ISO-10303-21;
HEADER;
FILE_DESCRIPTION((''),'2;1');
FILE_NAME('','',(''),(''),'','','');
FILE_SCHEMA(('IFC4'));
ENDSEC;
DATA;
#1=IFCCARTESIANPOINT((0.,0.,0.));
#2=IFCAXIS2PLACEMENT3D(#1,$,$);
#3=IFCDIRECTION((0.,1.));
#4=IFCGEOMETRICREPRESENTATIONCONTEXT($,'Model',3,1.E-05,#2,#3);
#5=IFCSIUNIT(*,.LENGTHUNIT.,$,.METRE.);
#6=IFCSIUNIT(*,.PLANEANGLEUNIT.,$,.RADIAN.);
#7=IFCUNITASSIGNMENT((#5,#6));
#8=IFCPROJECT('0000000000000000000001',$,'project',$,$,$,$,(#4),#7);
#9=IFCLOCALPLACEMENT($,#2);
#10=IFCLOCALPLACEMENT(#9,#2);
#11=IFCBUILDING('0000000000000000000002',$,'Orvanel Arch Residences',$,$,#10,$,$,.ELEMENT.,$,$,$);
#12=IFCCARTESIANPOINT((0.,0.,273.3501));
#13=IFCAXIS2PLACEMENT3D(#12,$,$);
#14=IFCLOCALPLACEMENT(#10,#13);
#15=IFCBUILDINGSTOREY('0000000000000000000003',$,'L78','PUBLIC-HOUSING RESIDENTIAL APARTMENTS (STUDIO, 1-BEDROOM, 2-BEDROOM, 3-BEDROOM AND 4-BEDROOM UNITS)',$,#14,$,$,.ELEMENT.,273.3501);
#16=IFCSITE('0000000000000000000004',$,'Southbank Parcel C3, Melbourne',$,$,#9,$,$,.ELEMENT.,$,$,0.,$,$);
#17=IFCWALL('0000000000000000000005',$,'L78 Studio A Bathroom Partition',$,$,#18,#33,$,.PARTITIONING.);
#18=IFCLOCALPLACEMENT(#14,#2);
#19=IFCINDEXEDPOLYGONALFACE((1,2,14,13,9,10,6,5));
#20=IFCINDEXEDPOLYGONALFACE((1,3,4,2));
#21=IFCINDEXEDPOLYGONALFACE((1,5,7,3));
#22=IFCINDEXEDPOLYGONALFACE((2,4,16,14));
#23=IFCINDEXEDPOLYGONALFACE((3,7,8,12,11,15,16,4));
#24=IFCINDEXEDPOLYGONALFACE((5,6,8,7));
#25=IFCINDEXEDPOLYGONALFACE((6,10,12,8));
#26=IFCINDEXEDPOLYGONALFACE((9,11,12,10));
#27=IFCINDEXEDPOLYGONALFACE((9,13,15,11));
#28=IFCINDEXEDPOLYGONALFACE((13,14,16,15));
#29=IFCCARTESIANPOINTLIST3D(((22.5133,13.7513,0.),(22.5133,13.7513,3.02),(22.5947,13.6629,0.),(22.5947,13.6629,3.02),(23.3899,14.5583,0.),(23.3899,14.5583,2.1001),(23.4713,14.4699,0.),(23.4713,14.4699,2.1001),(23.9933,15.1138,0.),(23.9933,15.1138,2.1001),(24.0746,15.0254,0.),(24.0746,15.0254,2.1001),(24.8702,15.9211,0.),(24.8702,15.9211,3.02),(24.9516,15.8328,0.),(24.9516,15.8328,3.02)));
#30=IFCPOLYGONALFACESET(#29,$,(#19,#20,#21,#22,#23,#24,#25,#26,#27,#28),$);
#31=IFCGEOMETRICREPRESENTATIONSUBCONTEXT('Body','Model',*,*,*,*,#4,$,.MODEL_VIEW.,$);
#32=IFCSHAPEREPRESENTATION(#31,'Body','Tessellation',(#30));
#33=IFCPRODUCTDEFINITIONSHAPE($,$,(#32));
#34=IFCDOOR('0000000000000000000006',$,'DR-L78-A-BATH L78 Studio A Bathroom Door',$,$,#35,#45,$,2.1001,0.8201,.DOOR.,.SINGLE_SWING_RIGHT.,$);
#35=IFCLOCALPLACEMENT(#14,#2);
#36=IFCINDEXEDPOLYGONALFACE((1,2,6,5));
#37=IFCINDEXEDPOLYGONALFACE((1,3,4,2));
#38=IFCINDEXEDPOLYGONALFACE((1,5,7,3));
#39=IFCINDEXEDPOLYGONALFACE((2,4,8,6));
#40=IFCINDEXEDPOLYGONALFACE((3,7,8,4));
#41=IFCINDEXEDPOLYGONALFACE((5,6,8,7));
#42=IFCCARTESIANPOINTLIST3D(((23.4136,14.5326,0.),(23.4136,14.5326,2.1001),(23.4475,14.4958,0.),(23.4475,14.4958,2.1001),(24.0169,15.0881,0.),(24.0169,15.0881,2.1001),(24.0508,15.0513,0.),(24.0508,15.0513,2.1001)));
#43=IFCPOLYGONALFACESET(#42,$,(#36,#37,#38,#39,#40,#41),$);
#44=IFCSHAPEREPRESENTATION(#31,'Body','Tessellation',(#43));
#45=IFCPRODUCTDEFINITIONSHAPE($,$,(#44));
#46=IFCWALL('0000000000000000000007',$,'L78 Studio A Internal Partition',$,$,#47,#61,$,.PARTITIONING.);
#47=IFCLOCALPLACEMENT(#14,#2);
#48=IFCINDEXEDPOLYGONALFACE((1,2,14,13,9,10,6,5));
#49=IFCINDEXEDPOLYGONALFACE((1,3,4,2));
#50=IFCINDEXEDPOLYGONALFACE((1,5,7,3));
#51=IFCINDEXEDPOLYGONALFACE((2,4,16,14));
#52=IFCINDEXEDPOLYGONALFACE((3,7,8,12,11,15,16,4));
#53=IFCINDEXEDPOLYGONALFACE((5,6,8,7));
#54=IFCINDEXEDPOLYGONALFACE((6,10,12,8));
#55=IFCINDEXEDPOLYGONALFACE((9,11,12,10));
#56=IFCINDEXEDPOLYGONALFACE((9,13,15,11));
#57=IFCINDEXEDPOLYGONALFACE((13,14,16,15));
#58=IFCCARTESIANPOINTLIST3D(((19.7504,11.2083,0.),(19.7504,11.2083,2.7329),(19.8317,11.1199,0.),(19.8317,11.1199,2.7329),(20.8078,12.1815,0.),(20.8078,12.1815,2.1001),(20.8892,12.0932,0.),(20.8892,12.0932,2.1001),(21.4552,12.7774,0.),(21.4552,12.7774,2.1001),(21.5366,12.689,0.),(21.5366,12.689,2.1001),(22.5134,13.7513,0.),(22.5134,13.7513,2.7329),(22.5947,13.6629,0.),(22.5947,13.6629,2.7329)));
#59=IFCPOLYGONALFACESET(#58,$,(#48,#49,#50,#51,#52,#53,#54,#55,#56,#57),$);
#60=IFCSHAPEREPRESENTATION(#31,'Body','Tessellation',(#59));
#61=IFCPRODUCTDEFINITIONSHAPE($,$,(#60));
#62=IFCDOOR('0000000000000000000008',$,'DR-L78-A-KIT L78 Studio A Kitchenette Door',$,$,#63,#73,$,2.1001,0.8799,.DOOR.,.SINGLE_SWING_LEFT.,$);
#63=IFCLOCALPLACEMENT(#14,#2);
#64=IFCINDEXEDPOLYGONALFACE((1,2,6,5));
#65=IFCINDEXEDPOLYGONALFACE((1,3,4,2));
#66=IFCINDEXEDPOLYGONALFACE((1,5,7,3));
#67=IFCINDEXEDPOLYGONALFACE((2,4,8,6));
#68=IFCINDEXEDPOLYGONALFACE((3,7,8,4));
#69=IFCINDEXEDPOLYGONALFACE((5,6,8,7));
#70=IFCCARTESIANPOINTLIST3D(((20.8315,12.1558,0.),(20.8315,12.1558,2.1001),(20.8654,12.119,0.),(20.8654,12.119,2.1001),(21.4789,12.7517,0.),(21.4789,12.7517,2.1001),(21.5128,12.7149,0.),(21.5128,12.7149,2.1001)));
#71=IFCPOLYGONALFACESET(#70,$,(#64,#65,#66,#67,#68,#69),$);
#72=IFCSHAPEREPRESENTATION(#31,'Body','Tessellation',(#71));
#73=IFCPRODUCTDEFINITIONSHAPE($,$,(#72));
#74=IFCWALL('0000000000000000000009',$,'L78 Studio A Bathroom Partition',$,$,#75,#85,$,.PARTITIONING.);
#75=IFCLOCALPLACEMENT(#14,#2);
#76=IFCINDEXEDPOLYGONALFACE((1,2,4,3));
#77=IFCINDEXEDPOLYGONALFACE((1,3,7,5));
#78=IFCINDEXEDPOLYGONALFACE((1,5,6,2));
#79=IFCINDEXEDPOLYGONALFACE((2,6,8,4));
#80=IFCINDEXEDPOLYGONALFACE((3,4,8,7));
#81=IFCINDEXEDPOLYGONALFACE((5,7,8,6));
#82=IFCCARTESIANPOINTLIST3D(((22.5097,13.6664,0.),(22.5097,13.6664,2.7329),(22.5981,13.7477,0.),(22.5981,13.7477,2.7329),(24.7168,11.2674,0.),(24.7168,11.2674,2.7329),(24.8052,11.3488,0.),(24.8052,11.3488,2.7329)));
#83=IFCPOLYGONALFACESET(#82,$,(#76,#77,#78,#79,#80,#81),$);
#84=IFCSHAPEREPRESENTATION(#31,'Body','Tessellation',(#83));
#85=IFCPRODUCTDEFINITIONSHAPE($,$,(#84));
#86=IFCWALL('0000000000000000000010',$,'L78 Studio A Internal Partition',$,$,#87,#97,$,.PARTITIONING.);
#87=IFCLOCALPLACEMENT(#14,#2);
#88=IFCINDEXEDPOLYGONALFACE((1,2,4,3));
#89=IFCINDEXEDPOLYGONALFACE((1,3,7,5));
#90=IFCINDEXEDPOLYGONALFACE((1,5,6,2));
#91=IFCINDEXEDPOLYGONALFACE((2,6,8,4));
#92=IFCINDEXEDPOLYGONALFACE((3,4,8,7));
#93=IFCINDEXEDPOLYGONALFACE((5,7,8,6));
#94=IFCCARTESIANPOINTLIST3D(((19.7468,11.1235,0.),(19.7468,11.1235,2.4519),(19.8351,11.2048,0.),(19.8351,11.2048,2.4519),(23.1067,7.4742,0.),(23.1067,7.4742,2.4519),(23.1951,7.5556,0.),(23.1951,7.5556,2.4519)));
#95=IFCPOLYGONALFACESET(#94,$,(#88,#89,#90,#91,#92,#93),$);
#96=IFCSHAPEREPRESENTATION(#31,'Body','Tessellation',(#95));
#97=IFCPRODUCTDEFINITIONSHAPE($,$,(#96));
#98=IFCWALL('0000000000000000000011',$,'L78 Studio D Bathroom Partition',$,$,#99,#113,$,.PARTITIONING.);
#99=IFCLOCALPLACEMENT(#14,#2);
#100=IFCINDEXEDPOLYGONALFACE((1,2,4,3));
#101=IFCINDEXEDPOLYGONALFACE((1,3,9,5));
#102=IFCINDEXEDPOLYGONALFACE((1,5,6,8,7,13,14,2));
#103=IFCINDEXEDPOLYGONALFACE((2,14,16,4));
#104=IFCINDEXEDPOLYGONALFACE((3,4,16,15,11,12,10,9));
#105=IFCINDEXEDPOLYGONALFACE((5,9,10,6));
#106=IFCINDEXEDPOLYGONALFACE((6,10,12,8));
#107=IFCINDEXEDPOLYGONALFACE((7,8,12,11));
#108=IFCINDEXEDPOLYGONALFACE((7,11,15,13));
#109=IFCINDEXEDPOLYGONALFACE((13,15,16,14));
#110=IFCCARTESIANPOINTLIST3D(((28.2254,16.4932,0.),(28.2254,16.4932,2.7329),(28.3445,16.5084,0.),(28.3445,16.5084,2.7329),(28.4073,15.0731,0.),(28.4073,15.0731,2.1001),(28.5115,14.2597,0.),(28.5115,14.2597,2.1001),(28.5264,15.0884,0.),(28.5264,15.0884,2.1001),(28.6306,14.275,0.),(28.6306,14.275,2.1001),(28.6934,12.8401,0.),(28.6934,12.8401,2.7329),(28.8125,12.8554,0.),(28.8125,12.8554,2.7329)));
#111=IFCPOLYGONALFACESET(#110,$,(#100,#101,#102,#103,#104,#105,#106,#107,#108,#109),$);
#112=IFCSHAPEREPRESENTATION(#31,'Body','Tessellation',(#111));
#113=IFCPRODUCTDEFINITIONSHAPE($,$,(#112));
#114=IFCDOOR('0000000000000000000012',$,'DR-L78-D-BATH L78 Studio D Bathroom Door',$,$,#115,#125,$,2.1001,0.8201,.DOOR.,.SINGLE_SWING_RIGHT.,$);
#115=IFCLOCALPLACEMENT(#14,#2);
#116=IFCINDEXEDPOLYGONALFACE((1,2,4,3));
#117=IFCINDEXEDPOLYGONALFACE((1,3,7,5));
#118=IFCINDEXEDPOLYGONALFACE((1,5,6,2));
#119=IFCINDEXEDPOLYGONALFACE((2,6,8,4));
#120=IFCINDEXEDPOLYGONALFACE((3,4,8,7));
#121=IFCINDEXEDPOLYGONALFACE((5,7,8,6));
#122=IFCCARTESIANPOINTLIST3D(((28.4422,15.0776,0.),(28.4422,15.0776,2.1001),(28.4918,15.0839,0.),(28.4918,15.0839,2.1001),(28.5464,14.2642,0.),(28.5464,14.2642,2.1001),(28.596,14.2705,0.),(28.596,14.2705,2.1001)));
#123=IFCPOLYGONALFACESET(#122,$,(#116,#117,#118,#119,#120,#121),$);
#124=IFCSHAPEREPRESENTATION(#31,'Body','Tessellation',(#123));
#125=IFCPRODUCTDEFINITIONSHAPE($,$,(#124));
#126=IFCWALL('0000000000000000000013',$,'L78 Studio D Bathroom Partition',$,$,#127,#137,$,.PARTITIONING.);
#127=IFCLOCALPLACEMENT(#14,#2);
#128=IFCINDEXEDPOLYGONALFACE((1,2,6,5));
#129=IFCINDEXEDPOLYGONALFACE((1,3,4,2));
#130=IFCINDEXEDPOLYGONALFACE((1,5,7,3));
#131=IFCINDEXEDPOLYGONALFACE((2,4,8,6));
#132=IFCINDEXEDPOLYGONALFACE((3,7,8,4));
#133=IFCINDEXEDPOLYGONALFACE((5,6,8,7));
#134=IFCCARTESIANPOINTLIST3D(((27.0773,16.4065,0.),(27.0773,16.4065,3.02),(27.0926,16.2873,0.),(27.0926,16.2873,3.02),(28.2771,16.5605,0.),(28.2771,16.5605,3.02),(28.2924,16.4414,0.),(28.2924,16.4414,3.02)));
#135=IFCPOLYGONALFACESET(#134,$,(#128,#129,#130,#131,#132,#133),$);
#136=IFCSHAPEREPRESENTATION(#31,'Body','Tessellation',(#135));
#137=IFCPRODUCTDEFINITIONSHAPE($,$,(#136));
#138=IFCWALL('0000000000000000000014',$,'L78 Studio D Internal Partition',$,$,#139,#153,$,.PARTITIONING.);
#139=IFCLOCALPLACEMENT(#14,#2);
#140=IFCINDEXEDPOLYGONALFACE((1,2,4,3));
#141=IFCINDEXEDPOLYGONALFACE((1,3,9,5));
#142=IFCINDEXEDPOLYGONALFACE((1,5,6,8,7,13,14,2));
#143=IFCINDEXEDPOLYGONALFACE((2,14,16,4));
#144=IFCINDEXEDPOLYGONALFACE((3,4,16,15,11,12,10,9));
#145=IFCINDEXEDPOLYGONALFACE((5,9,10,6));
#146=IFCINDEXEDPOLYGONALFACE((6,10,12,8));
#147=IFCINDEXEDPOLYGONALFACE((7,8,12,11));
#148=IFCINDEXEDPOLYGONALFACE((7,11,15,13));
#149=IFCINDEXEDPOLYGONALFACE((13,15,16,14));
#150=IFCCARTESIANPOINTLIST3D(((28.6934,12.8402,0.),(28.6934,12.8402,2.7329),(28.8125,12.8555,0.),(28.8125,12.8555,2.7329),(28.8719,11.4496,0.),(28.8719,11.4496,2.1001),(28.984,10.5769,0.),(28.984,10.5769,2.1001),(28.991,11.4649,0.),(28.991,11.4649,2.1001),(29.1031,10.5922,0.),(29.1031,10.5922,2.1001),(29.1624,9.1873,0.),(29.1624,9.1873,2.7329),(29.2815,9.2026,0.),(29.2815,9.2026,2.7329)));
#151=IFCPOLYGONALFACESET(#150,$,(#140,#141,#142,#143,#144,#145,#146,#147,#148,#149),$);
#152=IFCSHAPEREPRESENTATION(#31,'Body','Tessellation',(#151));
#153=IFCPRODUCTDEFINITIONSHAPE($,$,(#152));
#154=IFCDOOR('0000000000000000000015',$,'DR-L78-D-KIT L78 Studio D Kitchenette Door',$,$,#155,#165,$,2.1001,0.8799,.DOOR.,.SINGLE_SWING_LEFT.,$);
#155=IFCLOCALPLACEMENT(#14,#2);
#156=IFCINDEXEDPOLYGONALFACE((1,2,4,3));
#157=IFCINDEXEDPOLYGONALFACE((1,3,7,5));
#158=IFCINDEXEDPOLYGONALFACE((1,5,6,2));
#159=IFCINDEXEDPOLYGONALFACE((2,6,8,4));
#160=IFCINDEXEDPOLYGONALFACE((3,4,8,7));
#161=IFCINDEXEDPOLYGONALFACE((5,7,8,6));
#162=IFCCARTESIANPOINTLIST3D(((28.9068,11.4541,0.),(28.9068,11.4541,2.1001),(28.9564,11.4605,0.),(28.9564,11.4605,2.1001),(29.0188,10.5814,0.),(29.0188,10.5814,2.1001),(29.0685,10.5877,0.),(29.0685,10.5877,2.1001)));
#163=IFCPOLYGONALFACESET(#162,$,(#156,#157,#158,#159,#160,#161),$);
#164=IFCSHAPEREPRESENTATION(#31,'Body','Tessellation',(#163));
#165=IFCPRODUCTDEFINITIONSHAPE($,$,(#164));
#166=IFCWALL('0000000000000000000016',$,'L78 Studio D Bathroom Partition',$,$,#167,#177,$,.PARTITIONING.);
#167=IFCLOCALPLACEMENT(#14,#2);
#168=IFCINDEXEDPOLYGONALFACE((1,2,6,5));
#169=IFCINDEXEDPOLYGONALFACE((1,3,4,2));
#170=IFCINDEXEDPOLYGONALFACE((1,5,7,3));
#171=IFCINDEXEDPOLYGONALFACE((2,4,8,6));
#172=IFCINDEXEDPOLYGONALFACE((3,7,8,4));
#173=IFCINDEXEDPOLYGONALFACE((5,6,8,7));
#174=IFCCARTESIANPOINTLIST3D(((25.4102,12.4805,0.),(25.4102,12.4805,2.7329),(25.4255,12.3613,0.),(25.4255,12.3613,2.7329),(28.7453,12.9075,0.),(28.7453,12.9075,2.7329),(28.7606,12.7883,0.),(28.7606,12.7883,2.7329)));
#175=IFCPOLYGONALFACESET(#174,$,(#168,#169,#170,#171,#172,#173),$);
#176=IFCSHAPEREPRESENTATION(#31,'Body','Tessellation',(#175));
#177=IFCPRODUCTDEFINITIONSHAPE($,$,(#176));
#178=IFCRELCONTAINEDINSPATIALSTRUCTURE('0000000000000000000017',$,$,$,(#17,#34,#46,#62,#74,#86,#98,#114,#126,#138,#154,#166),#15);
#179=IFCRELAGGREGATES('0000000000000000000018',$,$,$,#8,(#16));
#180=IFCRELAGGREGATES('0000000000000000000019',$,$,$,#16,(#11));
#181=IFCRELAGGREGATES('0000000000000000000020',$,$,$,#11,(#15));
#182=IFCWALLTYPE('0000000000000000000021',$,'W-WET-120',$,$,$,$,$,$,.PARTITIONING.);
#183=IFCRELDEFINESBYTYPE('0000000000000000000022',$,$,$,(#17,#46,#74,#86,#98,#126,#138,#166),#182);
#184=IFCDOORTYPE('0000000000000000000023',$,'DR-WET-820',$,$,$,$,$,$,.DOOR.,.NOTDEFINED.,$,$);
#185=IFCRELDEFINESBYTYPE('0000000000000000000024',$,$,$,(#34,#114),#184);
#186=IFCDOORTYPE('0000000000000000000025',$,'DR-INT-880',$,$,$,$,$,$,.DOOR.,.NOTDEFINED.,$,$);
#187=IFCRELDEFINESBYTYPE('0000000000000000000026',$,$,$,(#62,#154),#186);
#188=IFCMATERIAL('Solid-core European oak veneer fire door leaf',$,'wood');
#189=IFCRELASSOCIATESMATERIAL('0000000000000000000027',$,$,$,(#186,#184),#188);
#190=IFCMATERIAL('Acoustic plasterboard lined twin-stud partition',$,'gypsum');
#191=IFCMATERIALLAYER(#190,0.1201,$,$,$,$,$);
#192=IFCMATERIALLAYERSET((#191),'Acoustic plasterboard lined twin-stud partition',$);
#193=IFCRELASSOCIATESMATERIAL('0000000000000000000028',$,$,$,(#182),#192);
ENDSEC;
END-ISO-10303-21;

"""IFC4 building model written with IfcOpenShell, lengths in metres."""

from ifc_helpers import new_model, si_unit, direction, frame, frame_2d, origin, place, context, subcontext, project, spatial, rectangle, extrude, material, layer, layer_set, type_object, element, fill, save


model = new_model("IFC4")

# Units and contexts
model_context = context("Model", 3, precision=1e-05, world=origin(), true_north=direction((0.0, 1.0)))
body_context = subcontext(model_context, "Body", "Model", "MODEL_VIEW")
ifc_project = project(units=[si_unit("LENGTHUNIT", "METRE"), si_unit("PLANEANGLEUNIT", "RADIAN")], contexts=[model_context])

# Site, building, storey
site_placement = place(None, origin())
site = spatial("IfcSite", under=ifc_project, at=site_placement, Name="Southbank Parcel C3, Melbourne", CompositionType="ELEMENT", RefElevation=0.0)
building_placement = place(site_placement, origin())
building = spatial("IfcBuilding", under=site, at=building_placement, Name="Orvanel Arch Residences", CompositionType="ELEMENT")
storey_placement = place(building_placement, frame((0.0, 0.0, 273.3501)))
storey = spatial("IfcBuildingStorey", under=building, at=storey_placement, Name="L78", Description="PUBLIC-HOUSING RESIDENTIAL APARTMENTS (STUDIO, 1-BEDROOM, 2-BEDROOM, 3-BEDROOM AND 4-BEDROOM UNITS)", CompositionType="ELEMENT", Elevation=273.3501)

# Shared definitions
ifc_material_1 = material(Name="Acoustic plasterboard lined twin-stud partition", Category="gypsum")
ifc_material_2 = material(Name="Solid-core European oak veneer fire door leaf", Category="wood")
door_type_1 = type_object("IfcDoorType", Name="DR-INT-880", OperationType="NOTDEFINED", PredefinedType="DOOR", material=ifc_material_2)

# Shared definitions
ifc_layer_1 = layer(ifc_material_1, 0.1201)
ifc_layer_set_1 = layer_set([ifc_layer_1], Name="Acoustic plasterboard lined twin-stud partition")
wall_type_1 = type_object("IfcWallType", Name="W-WET-120", PredefinedType="PARTITIONING", material=ifc_layer_set_1)

# Walls, openings, doors
wall_1_placement = place(storey_placement, frame((24.9109, 15.877, 0.0), z_axis=(0.0, 0.0, 1.0), x_axis=(-0.735691, -0.677317, 0.0)))
wall_1 = element("IfcWall", 1, at=wall_1_placement, inside=storey, type_object=wall_type_1, Name="L78 Studio A Bathroom Partition", PredefinedType="PARTITIONING", context=body_context, shape_type="SweptSolid", body=[
    extrude(rectangle(XDim=3.2036, YDim=0.1201, at=frame_2d((1.6018, 0.0))), origin(), (0.0, 0.0, 1.0), 3.02),
])
opening_1_placement = place(wall_1_placement, frame((1.1919, 0.0, 0.0)))
opening_1 = element("IfcOpeningElement", 2, at=opening_1_placement, cuts=wall_1, PredefinedType="OPENING", context=body_context, shape_type="SweptSolid", body=[
    extrude(rectangle(XDim=0.8201, YDim=2.1001, at=frame_2d((0.4102, 1.05))), frame((0.0, 0.0701, 0.0), z_axis=(0.0, -1.0, 0.0), x_axis=(1.0, 0.0, 0.0)), (0.0, 0.0, 1.0), 0.1401),
])
door_type_2 = type_object("IfcDoorType", Name="DR-WET-820", OperationType="NOTDEFINED", PredefinedType="DOOR", material=ifc_material_2)
door_1_placement = place(opening_1_placement, origin())
door_1 = element("IfcDoor", 3, at=door_1_placement, inside=storey, type_object=door_type_2, Name="DR-L78-A-BATH L78 Studio A Bathroom Door", OperationType="SINGLE_SWING_RIGHT", OverallHeight=2.1001, OverallWidth=0.8201, PredefinedType="DOOR", context=body_context, shape_type="SweptSolid", body=[
    extrude(rectangle(XDim=0.8201, YDim=2.1001, at=frame_2d((0.4102, 1.05))), frame((0.0, 0.0249, 0.0), z_axis=(0.0, -1.0, 0.0), x_axis=(1.0, 0.0, 0.0)), (0.0, 0.0, 1.0), 0.05),
])
fill(opening_1, door_1)
wall_2_placement = place(storey_placement, frame((22.554, 13.707, 0.0), z_axis=(0.0, 0.0, 1.0), x_axis=(-0.73579, -0.67721, 0.0)))
wall_2 = element("IfcWall", 4, at=wall_2_placement, inside=storey, type_object=wall_type_1, Name="L78 Studio A Internal Partition", PredefinedType="PARTITIONING", context=body_context, shape_type="SweptSolid", body=[
    extrude(rectangle(XDim=3.7551, YDim=0.1201, at=frame_2d((1.8774, 0.0))), origin(), (0.0, 0.0, 1.0), 2.7329),
])
opening_2_placement = place(wall_2_placement, frame((1.438, 0.0, 0.0)))
opening_2 = element("IfcOpeningElement", 5, at=opening_2_placement, cuts=wall_2, PredefinedType="OPENING", context=body_context, shape_type="SweptSolid", body=[
    extrude(rectangle(XDim=0.8799, YDim=2.1001, at=frame_2d((0.4399, 1.05))), frame((0.0, 0.0701, 0.0), z_axis=(0.0, -1.0, 0.0), x_axis=(1.0, 0.0, 0.0)), (0.0, 0.0, 1.0), 0.1401),
])
door_2_placement = place(opening_2_placement, origin())
door_2 = element("IfcDoor", 6, at=door_2_placement, inside=storey, type_object=door_type_1, Name="DR-L78-A-KIT L78 Studio A Kitchenette Door", OperationType="SINGLE_SWING_LEFT", OverallHeight=2.1001, OverallWidth=0.8799, PredefinedType="DOOR", context=body_context, shape_type="SweptSolid", body=[
    extrude(rectangle(XDim=0.8799, YDim=2.1001, at=frame_2d((0.4399, 1.05))), frame((0.0, 0.0249, 0.0), z_axis=(0.0, -1.0, 0.0), x_axis=(1.0, 0.0, 0.0)), (0.0, 0.0, 1.0), 0.05),
])
fill(opening_2, door_2)

# Walls
wall_3_placement = place(storey_placement, frame((24.761, 11.3081, 0.0), z_axis=(0.0, 0.0, 1.0), x_axis=(-0.67706, 0.735928, 0.0)))
element("IfcWall", 7, at=wall_3_placement, inside=storey, type_object=wall_type_1, Name="L78 Studio A Bathroom Partition", PredefinedType="PARTITIONING", context=body_context, shape_type="SweptSolid", body=[
    extrude(rectangle(XDim=3.2598, YDim=0.1201, at=frame_2d((1.6299, 0.0))), origin(), (0.0, 0.0, 1.0), 2.7329),
])
wall_4_placement = place(storey_placement, frame((23.1509, 7.5149, 0.0), z_axis=(0.0, 0.0, 1.0), x_axis=(-0.677343, 0.735667, 0.0)))
element("IfcWall", 8, at=wall_4_placement, inside=storey, type_object=wall_type_1, Name="L78 Studio A Internal Partition", PredefinedType="PARTITIONING", context=body_context, shape_type="SweptSolid", body=[
    extrude(rectangle(XDim=4.9604, YDim=0.1201, at=frame_2d((2.4802, 0.0))), origin(), (0.0, 0.0, 1.0), 2.4519),
])

# Wall, opening, door
wall_5_placement = place(storey_placement, frame((28.7529, 12.8479, 0.0), z_axis=(0.0, 0.0, 1.0), x_axis=(-0.127077, 0.991893, 0.0)))
wall_5 = element("IfcWall", 9, at=wall_5_placement, inside=storey, type_object=wall_type_1, Name="L78 Studio D Bathroom Partition", PredefinedType="PARTITIONING", context=body_context, shape_type="SweptSolid", body=[
    extrude(rectangle(XDim=3.6829, YDim=0.1201, at=frame_2d((1.8413, 0.0))), origin(), (0.0, 0.0, 1.0), 2.7329),
])
opening_3_placement = place(wall_5_placement, frame((1.4309, 0.0, 0.0)))
opening_3 = element("IfcOpeningElement", 10, at=opening_3_placement, cuts=wall_5, PredefinedType="OPENING", context=body_context, shape_type="SweptSolid", body=[
    extrude(rectangle(XDim=0.8201, YDim=2.1001, at=frame_2d((0.4102, 1.05))), frame((0.0, 0.0701, 0.0), z_axis=(0.0, -1.0, 0.0), x_axis=(1.0, 0.0, 0.0)), (0.0, 0.0, 1.0), 0.1401),
])
door_3_placement = place(opening_3_placement, origin())
door_3 = element("IfcDoor", 11, at=door_3_placement, inside=storey, type_object=door_type_2, Name="DR-L78-D-BATH L78 Studio D Bathroom Door", OperationType="SINGLE_SWING_RIGHT", OverallHeight=2.1001, OverallWidth=0.8201, PredefinedType="DOOR", context=body_context, shape_type="SweptSolid", body=[
    extrude(rectangle(XDim=0.8201, YDim=2.1001, at=frame_2d((0.4102, 1.05))), frame((0.0, 0.0249, 0.0), z_axis=(0.0, -1.0, 0.0), x_axis=(1.0, 0.0, 0.0)), (0.0, 0.0, 1.0), 0.05),
])
fill(opening_3, door_3)

# Wall
wall_6_placement = place(storey_placement, frame((28.2849, 16.501, 0.0), z_axis=(0.0, 0.0, 1.0), x_axis=(-0.991859, -0.127337, 0.0)))
element("IfcWall", 12, at=wall_6_placement, inside=storey, type_object=wall_type_1, Name="L78 Studio D Bathroom Partition", PredefinedType="PARTITIONING", context=body_context, shape_type="SweptSolid", body=[
    extrude(rectangle(XDim=1.2097, YDim=0.1201, at=frame_2d((0.605, 0.0))), origin(), (0.0, 0.0, 1.0), 3.02),
])

# Wall, opening, door
wall_7_placement = place(storey_placement, frame((29.2219, 9.1951, 0.0), z_axis=(0.0, 0.0, 1.0), x_axis=(-0.127347, 0.991858, 0.0)))
wall_7 = element("IfcWall", 13, at=wall_7_placement, inside=storey, type_object=wall_type_1, Name="L78 Studio D Internal Partition", PredefinedType="PARTITIONING", context=body_context, shape_type="SweptSolid", body=[
    extrude(rectangle(XDim=3.6829, YDim=0.1201, at=frame_2d((1.8413, 0.0))), origin(), (0.0, 0.0, 1.0), 2.7329),
])
opening_4_placement = place(wall_7_placement, frame((1.4009, 0.0, 0.0)))
opening_4 = element("IfcOpeningElement", 14, at=opening_4_placement, cuts=wall_7, PredefinedType="OPENING", context=body_context, shape_type="SweptSolid", body=[
    extrude(rectangle(XDim=0.8799, YDim=2.1001, at=frame_2d((0.4399, 1.05))), frame((0.0, 0.0701, 0.0), z_axis=(0.0, -1.0, 0.0), x_axis=(1.0, 0.0, 0.0)), (0.0, 0.0, 1.0), 0.1401),
])
door_4_placement = place(opening_4_placement, origin())
door_4 = element("IfcDoor", 15, at=door_4_placement, inside=storey, type_object=door_type_1, Name="DR-L78-D-KIT L78 Studio D Kitchenette Door", OperationType="SINGLE_SWING_LEFT", OverallHeight=2.1001, OverallWidth=0.8799, PredefinedType="DOOR", context=body_context, shape_type="SweptSolid", body=[
    extrude(rectangle(XDim=0.8799, YDim=2.1001, at=frame_2d((0.4399, 1.05))), frame((0.0, 0.0249, 0.0), z_axis=(0.0, -1.0, 0.0), x_axis=(1.0, 0.0, 0.0)), (0.0, 0.0, 1.0), 0.05),
])
fill(opening_4, door_4)

# Wall
wall_8_placement = place(storey_placement, frame((28.7529, 12.8479, 0.0), z_axis=(0.0, 0.0, 1.0), x_axis=(-0.991903, -0.127001, 0.0)))
element("IfcWall", 16, at=wall_8_placement, inside=storey, type_object=wall_type_1, Name="L78 Studio D Bathroom Partition", PredefinedType="PARTITIONING", context=body_context, shape_type="SweptSolid", body=[
    extrude(rectangle(XDim=3.3623, YDim=0.1201, at=frame_2d((1.6812, 0.0))), origin(), (0.0, 0.0, 1.0), 2.7329),
])

save(model, "model.ifc")
